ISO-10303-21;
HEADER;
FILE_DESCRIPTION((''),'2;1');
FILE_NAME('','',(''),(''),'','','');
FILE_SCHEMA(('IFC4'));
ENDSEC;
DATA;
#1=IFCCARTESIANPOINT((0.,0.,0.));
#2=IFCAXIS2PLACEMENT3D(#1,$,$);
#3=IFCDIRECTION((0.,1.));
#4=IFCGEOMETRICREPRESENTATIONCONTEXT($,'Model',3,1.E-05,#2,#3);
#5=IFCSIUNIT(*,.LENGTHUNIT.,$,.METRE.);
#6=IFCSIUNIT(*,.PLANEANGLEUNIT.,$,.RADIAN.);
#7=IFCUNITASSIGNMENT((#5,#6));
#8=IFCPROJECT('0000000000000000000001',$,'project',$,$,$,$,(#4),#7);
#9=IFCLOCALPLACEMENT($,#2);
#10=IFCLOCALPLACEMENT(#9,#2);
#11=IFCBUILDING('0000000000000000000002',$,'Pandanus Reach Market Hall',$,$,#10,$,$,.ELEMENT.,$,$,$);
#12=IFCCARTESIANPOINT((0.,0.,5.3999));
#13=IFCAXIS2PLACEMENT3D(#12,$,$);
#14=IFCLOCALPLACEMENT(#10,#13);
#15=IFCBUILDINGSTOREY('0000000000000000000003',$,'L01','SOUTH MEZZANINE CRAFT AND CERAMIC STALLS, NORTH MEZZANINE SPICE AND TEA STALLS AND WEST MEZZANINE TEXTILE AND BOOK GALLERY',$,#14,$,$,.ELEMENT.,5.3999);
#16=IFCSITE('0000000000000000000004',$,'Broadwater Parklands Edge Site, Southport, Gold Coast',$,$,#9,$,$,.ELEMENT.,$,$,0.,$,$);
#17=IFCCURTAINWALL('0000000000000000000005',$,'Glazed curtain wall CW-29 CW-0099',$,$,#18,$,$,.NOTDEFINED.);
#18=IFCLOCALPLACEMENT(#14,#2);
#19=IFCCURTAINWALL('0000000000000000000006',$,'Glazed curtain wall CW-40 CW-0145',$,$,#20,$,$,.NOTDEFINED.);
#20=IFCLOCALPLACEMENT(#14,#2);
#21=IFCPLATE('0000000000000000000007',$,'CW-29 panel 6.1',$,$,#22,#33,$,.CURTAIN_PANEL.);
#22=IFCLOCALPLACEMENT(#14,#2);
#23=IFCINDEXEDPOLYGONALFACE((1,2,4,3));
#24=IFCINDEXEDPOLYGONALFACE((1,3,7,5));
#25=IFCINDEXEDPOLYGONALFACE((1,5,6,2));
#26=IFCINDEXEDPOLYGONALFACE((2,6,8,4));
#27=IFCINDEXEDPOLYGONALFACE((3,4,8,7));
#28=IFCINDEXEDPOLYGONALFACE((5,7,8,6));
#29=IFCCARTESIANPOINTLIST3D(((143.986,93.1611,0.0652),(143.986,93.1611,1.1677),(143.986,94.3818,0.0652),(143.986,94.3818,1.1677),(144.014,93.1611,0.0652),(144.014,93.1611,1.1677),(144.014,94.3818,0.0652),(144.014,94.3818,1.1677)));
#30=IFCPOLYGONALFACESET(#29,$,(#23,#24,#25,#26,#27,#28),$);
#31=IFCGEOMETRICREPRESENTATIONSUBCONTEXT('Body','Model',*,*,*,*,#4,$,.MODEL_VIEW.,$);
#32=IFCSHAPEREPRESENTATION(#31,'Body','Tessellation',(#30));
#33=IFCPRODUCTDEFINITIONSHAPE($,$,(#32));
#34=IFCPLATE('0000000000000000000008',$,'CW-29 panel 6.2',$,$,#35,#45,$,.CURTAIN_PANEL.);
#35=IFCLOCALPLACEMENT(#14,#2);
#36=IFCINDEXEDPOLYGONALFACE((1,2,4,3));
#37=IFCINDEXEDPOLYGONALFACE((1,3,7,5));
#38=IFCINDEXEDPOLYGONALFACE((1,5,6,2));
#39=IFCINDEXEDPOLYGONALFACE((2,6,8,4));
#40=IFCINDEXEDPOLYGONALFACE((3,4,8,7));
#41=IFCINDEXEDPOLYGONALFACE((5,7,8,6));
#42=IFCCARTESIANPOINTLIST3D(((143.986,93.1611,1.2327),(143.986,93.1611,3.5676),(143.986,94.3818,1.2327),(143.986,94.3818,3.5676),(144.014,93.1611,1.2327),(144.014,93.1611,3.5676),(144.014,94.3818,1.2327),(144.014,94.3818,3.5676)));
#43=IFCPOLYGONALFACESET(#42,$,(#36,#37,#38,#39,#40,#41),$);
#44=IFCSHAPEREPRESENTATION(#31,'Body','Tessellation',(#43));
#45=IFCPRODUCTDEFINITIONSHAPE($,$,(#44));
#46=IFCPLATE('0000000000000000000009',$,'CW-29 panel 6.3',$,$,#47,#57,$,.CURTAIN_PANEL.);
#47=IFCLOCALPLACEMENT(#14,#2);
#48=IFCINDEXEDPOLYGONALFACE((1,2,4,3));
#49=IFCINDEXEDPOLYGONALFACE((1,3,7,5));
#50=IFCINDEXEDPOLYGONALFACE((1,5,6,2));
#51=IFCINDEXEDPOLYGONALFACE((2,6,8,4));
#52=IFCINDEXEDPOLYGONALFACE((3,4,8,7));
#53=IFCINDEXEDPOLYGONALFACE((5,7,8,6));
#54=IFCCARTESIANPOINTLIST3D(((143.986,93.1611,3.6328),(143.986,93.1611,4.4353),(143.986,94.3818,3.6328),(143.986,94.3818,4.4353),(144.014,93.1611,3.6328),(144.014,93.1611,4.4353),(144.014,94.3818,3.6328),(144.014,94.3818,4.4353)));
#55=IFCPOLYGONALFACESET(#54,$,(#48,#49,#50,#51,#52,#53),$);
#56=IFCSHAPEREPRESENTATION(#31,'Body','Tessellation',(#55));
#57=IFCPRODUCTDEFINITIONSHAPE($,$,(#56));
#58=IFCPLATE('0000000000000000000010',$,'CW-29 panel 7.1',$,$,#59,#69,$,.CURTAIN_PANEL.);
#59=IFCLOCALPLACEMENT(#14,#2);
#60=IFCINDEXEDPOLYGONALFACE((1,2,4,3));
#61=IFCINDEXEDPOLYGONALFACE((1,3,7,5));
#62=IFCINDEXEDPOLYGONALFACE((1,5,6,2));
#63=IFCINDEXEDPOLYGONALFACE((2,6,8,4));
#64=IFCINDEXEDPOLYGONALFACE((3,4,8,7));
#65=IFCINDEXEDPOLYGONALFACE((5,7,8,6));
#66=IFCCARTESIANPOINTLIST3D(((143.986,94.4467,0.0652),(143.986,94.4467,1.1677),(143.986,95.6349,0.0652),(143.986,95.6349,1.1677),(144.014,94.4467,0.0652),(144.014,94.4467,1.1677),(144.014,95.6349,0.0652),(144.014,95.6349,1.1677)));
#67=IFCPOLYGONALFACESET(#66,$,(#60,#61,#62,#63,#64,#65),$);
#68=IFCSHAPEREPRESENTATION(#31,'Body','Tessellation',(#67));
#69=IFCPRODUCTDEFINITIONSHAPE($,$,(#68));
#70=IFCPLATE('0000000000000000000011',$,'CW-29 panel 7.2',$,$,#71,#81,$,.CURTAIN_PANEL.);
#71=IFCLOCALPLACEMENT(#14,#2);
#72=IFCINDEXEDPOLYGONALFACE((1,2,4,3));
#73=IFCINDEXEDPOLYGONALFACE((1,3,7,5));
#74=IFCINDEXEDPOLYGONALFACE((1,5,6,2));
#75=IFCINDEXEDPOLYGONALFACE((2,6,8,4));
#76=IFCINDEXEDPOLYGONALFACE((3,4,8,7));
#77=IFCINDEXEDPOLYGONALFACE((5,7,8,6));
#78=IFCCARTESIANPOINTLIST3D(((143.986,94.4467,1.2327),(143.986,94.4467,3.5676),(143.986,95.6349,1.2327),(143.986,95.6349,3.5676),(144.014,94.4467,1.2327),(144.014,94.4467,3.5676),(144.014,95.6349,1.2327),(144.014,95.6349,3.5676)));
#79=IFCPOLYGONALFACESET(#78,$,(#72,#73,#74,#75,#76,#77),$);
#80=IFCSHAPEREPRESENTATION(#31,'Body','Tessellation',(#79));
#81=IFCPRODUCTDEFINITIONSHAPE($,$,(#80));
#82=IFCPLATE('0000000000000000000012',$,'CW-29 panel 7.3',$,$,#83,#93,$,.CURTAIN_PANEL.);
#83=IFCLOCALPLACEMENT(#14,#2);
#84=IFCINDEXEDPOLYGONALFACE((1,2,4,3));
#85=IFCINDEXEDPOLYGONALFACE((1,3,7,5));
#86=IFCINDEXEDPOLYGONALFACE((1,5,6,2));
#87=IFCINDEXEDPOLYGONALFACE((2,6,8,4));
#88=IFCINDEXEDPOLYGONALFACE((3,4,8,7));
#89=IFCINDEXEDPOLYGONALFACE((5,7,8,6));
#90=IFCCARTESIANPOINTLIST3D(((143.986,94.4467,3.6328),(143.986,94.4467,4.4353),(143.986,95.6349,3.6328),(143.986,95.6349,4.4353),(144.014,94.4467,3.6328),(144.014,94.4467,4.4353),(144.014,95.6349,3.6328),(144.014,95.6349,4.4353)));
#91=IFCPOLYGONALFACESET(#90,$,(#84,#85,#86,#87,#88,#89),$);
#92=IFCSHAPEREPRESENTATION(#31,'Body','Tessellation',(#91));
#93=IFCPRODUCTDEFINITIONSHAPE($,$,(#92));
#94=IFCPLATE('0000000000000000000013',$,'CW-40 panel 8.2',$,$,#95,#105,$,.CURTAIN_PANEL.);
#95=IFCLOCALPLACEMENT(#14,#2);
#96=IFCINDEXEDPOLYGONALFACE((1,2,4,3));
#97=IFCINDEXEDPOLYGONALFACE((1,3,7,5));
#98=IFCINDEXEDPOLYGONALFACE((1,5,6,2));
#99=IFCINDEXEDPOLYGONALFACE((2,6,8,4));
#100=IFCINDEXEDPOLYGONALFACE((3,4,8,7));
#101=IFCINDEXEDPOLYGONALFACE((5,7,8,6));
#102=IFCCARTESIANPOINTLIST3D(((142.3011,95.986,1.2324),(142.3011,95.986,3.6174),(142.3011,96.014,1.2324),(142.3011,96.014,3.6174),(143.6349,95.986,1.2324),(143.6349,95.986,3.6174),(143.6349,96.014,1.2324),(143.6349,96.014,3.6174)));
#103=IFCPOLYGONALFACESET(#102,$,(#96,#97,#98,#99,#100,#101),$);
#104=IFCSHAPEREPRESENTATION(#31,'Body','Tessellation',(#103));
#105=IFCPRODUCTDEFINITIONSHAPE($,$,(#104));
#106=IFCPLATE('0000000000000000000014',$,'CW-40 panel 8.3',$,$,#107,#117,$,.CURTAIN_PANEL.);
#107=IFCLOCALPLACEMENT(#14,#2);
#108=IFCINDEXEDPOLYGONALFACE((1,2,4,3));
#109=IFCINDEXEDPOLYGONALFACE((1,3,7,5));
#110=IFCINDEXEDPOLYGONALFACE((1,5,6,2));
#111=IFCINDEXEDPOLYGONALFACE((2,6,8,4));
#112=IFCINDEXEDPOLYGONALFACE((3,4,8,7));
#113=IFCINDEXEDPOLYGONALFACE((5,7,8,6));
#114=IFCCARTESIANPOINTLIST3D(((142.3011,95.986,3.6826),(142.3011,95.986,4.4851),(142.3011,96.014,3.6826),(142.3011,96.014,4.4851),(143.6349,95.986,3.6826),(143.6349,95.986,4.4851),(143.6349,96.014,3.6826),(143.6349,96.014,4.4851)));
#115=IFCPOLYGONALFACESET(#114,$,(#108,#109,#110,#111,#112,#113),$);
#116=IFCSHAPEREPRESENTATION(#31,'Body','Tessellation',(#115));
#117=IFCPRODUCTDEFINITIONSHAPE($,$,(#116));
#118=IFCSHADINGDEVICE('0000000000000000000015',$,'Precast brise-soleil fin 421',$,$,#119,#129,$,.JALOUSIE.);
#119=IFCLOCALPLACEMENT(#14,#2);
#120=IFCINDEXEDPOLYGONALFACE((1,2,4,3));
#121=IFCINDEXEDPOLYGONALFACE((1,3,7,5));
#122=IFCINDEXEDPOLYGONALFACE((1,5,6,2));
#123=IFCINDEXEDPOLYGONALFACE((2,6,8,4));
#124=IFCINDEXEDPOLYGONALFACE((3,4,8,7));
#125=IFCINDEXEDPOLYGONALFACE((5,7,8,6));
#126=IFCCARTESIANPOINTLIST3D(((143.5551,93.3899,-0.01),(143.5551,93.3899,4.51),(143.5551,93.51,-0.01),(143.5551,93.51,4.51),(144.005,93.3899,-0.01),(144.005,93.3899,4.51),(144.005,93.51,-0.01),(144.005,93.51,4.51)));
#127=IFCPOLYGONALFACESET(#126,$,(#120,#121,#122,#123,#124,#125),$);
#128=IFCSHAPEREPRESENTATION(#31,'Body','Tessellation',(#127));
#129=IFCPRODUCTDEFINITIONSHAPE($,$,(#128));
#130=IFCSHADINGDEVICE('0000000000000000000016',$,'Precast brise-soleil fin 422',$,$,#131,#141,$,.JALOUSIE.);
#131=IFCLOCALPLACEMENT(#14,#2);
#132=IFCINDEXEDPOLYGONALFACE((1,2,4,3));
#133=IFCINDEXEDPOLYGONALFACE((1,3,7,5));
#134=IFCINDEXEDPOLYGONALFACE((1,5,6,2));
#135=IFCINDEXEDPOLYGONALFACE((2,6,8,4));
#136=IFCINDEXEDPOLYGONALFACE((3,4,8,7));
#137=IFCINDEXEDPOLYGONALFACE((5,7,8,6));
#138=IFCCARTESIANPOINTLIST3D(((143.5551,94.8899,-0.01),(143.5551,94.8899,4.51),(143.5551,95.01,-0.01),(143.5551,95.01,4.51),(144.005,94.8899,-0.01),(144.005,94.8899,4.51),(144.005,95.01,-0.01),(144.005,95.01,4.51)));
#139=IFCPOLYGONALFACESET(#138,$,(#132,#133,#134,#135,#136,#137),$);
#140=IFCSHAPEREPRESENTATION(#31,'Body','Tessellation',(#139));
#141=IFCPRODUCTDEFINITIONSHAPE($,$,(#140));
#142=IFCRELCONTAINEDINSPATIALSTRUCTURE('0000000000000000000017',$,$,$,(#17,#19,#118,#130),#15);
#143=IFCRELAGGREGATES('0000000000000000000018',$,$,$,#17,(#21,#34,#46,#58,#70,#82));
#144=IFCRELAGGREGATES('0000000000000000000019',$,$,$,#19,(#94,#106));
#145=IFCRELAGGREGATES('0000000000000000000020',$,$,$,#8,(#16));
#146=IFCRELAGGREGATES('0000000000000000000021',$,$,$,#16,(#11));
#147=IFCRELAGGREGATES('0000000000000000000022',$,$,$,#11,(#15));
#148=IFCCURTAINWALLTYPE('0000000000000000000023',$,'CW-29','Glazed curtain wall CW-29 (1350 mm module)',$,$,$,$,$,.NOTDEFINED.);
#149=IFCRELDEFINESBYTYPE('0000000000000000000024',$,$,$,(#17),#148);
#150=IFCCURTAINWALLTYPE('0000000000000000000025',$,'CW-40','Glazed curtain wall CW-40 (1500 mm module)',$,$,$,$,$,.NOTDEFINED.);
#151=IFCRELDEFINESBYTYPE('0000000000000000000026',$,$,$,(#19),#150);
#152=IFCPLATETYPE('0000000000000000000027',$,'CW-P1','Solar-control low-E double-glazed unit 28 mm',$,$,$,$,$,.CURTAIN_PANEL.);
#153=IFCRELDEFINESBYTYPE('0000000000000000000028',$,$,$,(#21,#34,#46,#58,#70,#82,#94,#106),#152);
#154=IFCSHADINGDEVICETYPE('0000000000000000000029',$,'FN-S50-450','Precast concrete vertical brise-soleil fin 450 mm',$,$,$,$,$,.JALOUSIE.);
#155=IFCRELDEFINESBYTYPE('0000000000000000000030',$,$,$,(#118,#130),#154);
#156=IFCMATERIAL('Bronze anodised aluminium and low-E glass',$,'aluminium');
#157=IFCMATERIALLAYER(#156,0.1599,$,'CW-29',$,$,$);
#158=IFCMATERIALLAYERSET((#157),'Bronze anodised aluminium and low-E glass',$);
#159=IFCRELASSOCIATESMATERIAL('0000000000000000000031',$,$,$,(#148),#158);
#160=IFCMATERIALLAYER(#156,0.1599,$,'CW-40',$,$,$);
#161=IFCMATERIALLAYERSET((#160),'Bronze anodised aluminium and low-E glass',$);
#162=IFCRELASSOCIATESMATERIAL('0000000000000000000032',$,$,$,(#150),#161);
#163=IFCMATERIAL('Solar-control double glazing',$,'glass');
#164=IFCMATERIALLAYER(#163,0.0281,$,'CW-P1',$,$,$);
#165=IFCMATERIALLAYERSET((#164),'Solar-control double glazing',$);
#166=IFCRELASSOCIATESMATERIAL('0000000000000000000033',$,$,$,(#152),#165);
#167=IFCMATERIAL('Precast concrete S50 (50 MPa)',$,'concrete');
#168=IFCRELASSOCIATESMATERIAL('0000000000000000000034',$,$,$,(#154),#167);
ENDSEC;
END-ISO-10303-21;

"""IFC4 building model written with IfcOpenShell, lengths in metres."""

from ifc_helpers import new_model, si_unit, direction, frame, origin, origin_2d, place, context, subcontext, project, spatial, rectangle, extrude, material, layer, layer_set, type_object, element, aggregate, save


model = new_model("IFC4")

# Units and contexts
model_context = context("Model", 3, precision=1e-05, world=origin(), true_north=direction((0.0, 1.0)))
body_context = subcontext(model_context, "Body", "Model", "MODEL_VIEW")
ifc_project = project(units=[si_unit("LENGTHUNIT", "METRE"), si_unit("PLANEANGLEUNIT", "RADIAN")], contexts=[model_context])

# Site, building, storey
site_placement = place(None, origin())
site = spatial("IfcSite", under=ifc_project, at=site_placement, Name="Broadwater Parklands Edge Site, Southport, Gold Coast", CompositionType="ELEMENT", RefElevation=0.0)
building_placement = place(site_placement, origin())
building = spatial("IfcBuilding", under=site, at=building_placement, Name="Pandanus Reach Market Hall", CompositionType="ELEMENT")
storey_placement = place(building_placement, frame((0.0, 0.0, 5.3999)))
storey = spatial("IfcBuildingStorey", under=building, at=storey_placement, Name="L01", Description="SOUTH MEZZANINE CRAFT AND CERAMIC STALLS, NORTH MEZZANINE SPICE AND TEA STALLS AND WEST MEZZANINE TEXTILE AND BOOK GALLERY", CompositionType="ELEMENT", Elevation=5.3999)

# Curtain wall
ifc_material_1 = material(Name="Bronze anodised aluminium and low-E glass", Category="aluminium")
ifc_layer_1 = layer(ifc_material_1, 0.1599, Name="CW-29")
ifc_layer_set_1 = layer_set([ifc_layer_1], Name="Bronze anodised aluminium and low-E glass")
curtain_wall_type_1 = type_object("IfcCurtainWallType", Name="CW-29", Description="Glazed curtain wall CW-29 (1350 mm module)", PredefinedType="NOTDEFINED", material=ifc_layer_set_1)
curtain_wall_1_placement = place(storey_placement, origin())
curtain_wall_1 = element("IfcCurtainWall", 1, at=curtain_wall_1_placement, inside=storey, type_object=curtain_wall_type_1, Name="Glazed curtain wall CW-29 CW-0099", PredefinedType="NOTDEFINED")

# Curtain wall
ifc_layer_2 = layer(ifc_material_1, 0.1599, Name="CW-40")
ifc_layer_set_2 = layer_set([ifc_layer_2], Name="Bronze anodised aluminium and low-E glass")
curtain_wall_type_2 = type_object("IfcCurtainWallType", Name="CW-40", Description="Glazed curtain wall CW-40 (1500 mm module)", PredefinedType="NOTDEFINED", material=ifc_layer_set_2)
curtain_wall_2_placement = place(storey_placement, origin())
curtain_wall_2 = element("IfcCurtainWall", 2, at=curtain_wall_2_placement, inside=storey, type_object=curtain_wall_type_2, Name="Glazed curtain wall CW-40 CW-0145", PredefinedType="NOTDEFINED")

# Plates
ifc_material_2 = material(Name="Solar-control double glazing", Category="glass")
ifc_layer_3 = layer(ifc_material_2, 0.0281, Name="CW-P1")
ifc_layer_set_3 = layer_set([ifc_layer_3], Name="Solar-control double glazing")
plate_type = type_object("IfcPlateType", Name="CW-P1", Description="Solar-control low-E double-glazed unit 28 mm", PredefinedType="CURTAIN_PANEL", material=ifc_layer_set_3)
plate_1_placement = place(storey_placement, frame((144.0, 93.7715, 0.0652), z_axis=(0.0, 0.0, 1.0), x_axis=(0.0, 1.0, 0.0)))
plate_1 = element("IfcPlate", 3, at=plate_1_placement, type_object=plate_type, Name="CW-29 panel 6.1", PredefinedType="CURTAIN_PANEL", context=body_context, shape_type="SweptSolid", body=[
    extrude(rectangle(XDim=1.2207, YDim=0.0281, at=origin_2d()), origin(), (0.0, 0.0, 1.0), 1.1025),
])
plate_2_placement = place(storey_placement, frame((144.0, 93.7715, 1.2327), z_axis=(0.0, 0.0, 1.0), x_axis=(0.0, 1.0, 0.0)))
plate_2 = element("IfcPlate", 4, at=plate_2_placement, type_object=plate_type, Name="CW-29 panel 6.2", PredefinedType="CURTAIN_PANEL", context=body_context, shape_type="SweptSolid", body=[
    extrude(rectangle(XDim=1.2207, YDim=0.0281, at=origin_2d()), origin(), (0.0, 0.0, 1.0), 2.335),
])
plate_3_placement = place(storey_placement, frame((144.0, 93.7715, 3.6328), z_axis=(0.0, 0.0, 1.0), x_axis=(0.0, 1.0, 0.0)))
plate_3 = element("IfcPlate", 5, at=plate_3_placement, type_object=plate_type, Name="CW-29 panel 6.3", PredefinedType="CURTAIN_PANEL", context=body_context, shape_type="SweptSolid", body=[
    extrude(rectangle(XDim=1.2207, YDim=0.0281, at=origin_2d()), origin(), (0.0, 0.0, 1.0), 0.8025),
])
plate_4_placement = place(storey_placement, frame((144.0, 95.0408, 0.0652), z_axis=(0.0, 0.0, 1.0), x_axis=(0.0, 1.0, 0.0)))
plate_4 = element("IfcPlate", 6, at=plate_4_placement, type_object=plate_type, Name="CW-29 panel 7.1", PredefinedType="CURTAIN_PANEL", context=body_context, shape_type="SweptSolid", body=[
    extrude(rectangle(XDim=1.1882, YDim=0.0281, at=origin_2d()), origin(), (0.0, 0.0, 1.0), 1.1025),
])
plate_5_placement = place(storey_placement, frame((144.0, 95.0408, 1.2327), z_axis=(0.0, 0.0, 1.0), x_axis=(0.0, 1.0, 0.0)))
plate_5 = element("IfcPlate", 7, at=plate_5_placement, type_object=plate_type, Name="CW-29 panel 7.2", PredefinedType="CURTAIN_PANEL", context=body_context, shape_type="SweptSolid", body=[
    extrude(rectangle(XDim=1.1882, YDim=0.0281, at=origin_2d()), origin(), (0.0, 0.0, 1.0), 2.335),
])
plate_6_placement = place(storey_placement, frame((144.0, 95.0408, 3.6328), z_axis=(0.0, 0.0, 1.0), x_axis=(0.0, 1.0, 0.0)))
plate_6 = element("IfcPlate", 8, at=plate_6_placement, type_object=plate_type, Name="CW-29 panel 7.3", PredefinedType="CURTAIN_PANEL", context=body_context, shape_type="SweptSolid", body=[
    extrude(rectangle(XDim=1.1882, YDim=0.0281, at=origin_2d()), origin(), (0.0, 0.0, 1.0), 0.8025),
])
aggregate(curtain_wall_1, [plate_1, plate_2, plate_3, plate_4, plate_5, plate_6])
plate_7_placement = place(storey_placement, frame((142.968, 96.0, 1.2324), z_axis=(0.0, 0.0, 1.0), x_axis=(1.0, 0.0, 0.0)))
plate_7 = element("IfcPlate", 9, at=plate_7_placement, type_object=plate_type, Name="CW-40 panel 8.2", PredefinedType="CURTAIN_PANEL", context=body_context, shape_type="SweptSolid", body=[
    extrude(rectangle(XDim=1.3337, YDim=0.0281, at=origin_2d()), origin(), (0.0, 0.0, 1.0), 2.385),
])
plate_8_placement = place(storey_placement, frame((142.968, 96.0, 3.6826), z_axis=(0.0, 0.0, 1.0), x_axis=(1.0, 0.0, 0.0)))
plate_8 = element("IfcPlate", 10, at=plate_8_placement, type_object=plate_type, Name="CW-40 panel 8.3", PredefinedType="CURTAIN_PANEL", context=body_context, shape_type="SweptSolid", body=[
    extrude(rectangle(XDim=1.3337, YDim=0.0281, at=origin_2d()), origin(), (0.0, 0.0, 1.0), 0.8025),
])
aggregate(curtain_wall_2, [plate_7, plate_8])

# Shading devices
ifc_material_3 = material(Name="Precast concrete S50 (50 MPa)", Category="concrete")
shading_device_type = type_object("IfcShadingDeviceType", Name="FN-S50-450", Description="Precast concrete vertical brise-soleil fin 450 mm", PredefinedType="JALOUSIE", material=ifc_material_3)
for number, where, z_axis, x_axis, name in (
    (11, (143.78, 93.45, -0.01), (0.0, 0.0, 1.0), (-1.0, 0.0, 0.0), "Precast brise-soleil fin 421"),
    (12, (143.78, 94.95, -0.01), (0.0, 0.0, 1.0), (-1.0, 0.0, 0.0), "Precast brise-soleil fin 422"),
):
    element("IfcShadingDevice", number, at=place(storey_placement, frame(where, z_axis=z_axis, x_axis=x_axis)), inside=storey, type_object=shading_device_type, Name=name, PredefinedType="JALOUSIE", context=body_context, shape_type="SweptSolid", body=[
        extrude(rectangle(XDim=0.45, YDim=0.1201, at=origin_2d()), origin(), (0.0, 0.0, 1.0), 4.52),
    ])

save(model, "model.ifc")
